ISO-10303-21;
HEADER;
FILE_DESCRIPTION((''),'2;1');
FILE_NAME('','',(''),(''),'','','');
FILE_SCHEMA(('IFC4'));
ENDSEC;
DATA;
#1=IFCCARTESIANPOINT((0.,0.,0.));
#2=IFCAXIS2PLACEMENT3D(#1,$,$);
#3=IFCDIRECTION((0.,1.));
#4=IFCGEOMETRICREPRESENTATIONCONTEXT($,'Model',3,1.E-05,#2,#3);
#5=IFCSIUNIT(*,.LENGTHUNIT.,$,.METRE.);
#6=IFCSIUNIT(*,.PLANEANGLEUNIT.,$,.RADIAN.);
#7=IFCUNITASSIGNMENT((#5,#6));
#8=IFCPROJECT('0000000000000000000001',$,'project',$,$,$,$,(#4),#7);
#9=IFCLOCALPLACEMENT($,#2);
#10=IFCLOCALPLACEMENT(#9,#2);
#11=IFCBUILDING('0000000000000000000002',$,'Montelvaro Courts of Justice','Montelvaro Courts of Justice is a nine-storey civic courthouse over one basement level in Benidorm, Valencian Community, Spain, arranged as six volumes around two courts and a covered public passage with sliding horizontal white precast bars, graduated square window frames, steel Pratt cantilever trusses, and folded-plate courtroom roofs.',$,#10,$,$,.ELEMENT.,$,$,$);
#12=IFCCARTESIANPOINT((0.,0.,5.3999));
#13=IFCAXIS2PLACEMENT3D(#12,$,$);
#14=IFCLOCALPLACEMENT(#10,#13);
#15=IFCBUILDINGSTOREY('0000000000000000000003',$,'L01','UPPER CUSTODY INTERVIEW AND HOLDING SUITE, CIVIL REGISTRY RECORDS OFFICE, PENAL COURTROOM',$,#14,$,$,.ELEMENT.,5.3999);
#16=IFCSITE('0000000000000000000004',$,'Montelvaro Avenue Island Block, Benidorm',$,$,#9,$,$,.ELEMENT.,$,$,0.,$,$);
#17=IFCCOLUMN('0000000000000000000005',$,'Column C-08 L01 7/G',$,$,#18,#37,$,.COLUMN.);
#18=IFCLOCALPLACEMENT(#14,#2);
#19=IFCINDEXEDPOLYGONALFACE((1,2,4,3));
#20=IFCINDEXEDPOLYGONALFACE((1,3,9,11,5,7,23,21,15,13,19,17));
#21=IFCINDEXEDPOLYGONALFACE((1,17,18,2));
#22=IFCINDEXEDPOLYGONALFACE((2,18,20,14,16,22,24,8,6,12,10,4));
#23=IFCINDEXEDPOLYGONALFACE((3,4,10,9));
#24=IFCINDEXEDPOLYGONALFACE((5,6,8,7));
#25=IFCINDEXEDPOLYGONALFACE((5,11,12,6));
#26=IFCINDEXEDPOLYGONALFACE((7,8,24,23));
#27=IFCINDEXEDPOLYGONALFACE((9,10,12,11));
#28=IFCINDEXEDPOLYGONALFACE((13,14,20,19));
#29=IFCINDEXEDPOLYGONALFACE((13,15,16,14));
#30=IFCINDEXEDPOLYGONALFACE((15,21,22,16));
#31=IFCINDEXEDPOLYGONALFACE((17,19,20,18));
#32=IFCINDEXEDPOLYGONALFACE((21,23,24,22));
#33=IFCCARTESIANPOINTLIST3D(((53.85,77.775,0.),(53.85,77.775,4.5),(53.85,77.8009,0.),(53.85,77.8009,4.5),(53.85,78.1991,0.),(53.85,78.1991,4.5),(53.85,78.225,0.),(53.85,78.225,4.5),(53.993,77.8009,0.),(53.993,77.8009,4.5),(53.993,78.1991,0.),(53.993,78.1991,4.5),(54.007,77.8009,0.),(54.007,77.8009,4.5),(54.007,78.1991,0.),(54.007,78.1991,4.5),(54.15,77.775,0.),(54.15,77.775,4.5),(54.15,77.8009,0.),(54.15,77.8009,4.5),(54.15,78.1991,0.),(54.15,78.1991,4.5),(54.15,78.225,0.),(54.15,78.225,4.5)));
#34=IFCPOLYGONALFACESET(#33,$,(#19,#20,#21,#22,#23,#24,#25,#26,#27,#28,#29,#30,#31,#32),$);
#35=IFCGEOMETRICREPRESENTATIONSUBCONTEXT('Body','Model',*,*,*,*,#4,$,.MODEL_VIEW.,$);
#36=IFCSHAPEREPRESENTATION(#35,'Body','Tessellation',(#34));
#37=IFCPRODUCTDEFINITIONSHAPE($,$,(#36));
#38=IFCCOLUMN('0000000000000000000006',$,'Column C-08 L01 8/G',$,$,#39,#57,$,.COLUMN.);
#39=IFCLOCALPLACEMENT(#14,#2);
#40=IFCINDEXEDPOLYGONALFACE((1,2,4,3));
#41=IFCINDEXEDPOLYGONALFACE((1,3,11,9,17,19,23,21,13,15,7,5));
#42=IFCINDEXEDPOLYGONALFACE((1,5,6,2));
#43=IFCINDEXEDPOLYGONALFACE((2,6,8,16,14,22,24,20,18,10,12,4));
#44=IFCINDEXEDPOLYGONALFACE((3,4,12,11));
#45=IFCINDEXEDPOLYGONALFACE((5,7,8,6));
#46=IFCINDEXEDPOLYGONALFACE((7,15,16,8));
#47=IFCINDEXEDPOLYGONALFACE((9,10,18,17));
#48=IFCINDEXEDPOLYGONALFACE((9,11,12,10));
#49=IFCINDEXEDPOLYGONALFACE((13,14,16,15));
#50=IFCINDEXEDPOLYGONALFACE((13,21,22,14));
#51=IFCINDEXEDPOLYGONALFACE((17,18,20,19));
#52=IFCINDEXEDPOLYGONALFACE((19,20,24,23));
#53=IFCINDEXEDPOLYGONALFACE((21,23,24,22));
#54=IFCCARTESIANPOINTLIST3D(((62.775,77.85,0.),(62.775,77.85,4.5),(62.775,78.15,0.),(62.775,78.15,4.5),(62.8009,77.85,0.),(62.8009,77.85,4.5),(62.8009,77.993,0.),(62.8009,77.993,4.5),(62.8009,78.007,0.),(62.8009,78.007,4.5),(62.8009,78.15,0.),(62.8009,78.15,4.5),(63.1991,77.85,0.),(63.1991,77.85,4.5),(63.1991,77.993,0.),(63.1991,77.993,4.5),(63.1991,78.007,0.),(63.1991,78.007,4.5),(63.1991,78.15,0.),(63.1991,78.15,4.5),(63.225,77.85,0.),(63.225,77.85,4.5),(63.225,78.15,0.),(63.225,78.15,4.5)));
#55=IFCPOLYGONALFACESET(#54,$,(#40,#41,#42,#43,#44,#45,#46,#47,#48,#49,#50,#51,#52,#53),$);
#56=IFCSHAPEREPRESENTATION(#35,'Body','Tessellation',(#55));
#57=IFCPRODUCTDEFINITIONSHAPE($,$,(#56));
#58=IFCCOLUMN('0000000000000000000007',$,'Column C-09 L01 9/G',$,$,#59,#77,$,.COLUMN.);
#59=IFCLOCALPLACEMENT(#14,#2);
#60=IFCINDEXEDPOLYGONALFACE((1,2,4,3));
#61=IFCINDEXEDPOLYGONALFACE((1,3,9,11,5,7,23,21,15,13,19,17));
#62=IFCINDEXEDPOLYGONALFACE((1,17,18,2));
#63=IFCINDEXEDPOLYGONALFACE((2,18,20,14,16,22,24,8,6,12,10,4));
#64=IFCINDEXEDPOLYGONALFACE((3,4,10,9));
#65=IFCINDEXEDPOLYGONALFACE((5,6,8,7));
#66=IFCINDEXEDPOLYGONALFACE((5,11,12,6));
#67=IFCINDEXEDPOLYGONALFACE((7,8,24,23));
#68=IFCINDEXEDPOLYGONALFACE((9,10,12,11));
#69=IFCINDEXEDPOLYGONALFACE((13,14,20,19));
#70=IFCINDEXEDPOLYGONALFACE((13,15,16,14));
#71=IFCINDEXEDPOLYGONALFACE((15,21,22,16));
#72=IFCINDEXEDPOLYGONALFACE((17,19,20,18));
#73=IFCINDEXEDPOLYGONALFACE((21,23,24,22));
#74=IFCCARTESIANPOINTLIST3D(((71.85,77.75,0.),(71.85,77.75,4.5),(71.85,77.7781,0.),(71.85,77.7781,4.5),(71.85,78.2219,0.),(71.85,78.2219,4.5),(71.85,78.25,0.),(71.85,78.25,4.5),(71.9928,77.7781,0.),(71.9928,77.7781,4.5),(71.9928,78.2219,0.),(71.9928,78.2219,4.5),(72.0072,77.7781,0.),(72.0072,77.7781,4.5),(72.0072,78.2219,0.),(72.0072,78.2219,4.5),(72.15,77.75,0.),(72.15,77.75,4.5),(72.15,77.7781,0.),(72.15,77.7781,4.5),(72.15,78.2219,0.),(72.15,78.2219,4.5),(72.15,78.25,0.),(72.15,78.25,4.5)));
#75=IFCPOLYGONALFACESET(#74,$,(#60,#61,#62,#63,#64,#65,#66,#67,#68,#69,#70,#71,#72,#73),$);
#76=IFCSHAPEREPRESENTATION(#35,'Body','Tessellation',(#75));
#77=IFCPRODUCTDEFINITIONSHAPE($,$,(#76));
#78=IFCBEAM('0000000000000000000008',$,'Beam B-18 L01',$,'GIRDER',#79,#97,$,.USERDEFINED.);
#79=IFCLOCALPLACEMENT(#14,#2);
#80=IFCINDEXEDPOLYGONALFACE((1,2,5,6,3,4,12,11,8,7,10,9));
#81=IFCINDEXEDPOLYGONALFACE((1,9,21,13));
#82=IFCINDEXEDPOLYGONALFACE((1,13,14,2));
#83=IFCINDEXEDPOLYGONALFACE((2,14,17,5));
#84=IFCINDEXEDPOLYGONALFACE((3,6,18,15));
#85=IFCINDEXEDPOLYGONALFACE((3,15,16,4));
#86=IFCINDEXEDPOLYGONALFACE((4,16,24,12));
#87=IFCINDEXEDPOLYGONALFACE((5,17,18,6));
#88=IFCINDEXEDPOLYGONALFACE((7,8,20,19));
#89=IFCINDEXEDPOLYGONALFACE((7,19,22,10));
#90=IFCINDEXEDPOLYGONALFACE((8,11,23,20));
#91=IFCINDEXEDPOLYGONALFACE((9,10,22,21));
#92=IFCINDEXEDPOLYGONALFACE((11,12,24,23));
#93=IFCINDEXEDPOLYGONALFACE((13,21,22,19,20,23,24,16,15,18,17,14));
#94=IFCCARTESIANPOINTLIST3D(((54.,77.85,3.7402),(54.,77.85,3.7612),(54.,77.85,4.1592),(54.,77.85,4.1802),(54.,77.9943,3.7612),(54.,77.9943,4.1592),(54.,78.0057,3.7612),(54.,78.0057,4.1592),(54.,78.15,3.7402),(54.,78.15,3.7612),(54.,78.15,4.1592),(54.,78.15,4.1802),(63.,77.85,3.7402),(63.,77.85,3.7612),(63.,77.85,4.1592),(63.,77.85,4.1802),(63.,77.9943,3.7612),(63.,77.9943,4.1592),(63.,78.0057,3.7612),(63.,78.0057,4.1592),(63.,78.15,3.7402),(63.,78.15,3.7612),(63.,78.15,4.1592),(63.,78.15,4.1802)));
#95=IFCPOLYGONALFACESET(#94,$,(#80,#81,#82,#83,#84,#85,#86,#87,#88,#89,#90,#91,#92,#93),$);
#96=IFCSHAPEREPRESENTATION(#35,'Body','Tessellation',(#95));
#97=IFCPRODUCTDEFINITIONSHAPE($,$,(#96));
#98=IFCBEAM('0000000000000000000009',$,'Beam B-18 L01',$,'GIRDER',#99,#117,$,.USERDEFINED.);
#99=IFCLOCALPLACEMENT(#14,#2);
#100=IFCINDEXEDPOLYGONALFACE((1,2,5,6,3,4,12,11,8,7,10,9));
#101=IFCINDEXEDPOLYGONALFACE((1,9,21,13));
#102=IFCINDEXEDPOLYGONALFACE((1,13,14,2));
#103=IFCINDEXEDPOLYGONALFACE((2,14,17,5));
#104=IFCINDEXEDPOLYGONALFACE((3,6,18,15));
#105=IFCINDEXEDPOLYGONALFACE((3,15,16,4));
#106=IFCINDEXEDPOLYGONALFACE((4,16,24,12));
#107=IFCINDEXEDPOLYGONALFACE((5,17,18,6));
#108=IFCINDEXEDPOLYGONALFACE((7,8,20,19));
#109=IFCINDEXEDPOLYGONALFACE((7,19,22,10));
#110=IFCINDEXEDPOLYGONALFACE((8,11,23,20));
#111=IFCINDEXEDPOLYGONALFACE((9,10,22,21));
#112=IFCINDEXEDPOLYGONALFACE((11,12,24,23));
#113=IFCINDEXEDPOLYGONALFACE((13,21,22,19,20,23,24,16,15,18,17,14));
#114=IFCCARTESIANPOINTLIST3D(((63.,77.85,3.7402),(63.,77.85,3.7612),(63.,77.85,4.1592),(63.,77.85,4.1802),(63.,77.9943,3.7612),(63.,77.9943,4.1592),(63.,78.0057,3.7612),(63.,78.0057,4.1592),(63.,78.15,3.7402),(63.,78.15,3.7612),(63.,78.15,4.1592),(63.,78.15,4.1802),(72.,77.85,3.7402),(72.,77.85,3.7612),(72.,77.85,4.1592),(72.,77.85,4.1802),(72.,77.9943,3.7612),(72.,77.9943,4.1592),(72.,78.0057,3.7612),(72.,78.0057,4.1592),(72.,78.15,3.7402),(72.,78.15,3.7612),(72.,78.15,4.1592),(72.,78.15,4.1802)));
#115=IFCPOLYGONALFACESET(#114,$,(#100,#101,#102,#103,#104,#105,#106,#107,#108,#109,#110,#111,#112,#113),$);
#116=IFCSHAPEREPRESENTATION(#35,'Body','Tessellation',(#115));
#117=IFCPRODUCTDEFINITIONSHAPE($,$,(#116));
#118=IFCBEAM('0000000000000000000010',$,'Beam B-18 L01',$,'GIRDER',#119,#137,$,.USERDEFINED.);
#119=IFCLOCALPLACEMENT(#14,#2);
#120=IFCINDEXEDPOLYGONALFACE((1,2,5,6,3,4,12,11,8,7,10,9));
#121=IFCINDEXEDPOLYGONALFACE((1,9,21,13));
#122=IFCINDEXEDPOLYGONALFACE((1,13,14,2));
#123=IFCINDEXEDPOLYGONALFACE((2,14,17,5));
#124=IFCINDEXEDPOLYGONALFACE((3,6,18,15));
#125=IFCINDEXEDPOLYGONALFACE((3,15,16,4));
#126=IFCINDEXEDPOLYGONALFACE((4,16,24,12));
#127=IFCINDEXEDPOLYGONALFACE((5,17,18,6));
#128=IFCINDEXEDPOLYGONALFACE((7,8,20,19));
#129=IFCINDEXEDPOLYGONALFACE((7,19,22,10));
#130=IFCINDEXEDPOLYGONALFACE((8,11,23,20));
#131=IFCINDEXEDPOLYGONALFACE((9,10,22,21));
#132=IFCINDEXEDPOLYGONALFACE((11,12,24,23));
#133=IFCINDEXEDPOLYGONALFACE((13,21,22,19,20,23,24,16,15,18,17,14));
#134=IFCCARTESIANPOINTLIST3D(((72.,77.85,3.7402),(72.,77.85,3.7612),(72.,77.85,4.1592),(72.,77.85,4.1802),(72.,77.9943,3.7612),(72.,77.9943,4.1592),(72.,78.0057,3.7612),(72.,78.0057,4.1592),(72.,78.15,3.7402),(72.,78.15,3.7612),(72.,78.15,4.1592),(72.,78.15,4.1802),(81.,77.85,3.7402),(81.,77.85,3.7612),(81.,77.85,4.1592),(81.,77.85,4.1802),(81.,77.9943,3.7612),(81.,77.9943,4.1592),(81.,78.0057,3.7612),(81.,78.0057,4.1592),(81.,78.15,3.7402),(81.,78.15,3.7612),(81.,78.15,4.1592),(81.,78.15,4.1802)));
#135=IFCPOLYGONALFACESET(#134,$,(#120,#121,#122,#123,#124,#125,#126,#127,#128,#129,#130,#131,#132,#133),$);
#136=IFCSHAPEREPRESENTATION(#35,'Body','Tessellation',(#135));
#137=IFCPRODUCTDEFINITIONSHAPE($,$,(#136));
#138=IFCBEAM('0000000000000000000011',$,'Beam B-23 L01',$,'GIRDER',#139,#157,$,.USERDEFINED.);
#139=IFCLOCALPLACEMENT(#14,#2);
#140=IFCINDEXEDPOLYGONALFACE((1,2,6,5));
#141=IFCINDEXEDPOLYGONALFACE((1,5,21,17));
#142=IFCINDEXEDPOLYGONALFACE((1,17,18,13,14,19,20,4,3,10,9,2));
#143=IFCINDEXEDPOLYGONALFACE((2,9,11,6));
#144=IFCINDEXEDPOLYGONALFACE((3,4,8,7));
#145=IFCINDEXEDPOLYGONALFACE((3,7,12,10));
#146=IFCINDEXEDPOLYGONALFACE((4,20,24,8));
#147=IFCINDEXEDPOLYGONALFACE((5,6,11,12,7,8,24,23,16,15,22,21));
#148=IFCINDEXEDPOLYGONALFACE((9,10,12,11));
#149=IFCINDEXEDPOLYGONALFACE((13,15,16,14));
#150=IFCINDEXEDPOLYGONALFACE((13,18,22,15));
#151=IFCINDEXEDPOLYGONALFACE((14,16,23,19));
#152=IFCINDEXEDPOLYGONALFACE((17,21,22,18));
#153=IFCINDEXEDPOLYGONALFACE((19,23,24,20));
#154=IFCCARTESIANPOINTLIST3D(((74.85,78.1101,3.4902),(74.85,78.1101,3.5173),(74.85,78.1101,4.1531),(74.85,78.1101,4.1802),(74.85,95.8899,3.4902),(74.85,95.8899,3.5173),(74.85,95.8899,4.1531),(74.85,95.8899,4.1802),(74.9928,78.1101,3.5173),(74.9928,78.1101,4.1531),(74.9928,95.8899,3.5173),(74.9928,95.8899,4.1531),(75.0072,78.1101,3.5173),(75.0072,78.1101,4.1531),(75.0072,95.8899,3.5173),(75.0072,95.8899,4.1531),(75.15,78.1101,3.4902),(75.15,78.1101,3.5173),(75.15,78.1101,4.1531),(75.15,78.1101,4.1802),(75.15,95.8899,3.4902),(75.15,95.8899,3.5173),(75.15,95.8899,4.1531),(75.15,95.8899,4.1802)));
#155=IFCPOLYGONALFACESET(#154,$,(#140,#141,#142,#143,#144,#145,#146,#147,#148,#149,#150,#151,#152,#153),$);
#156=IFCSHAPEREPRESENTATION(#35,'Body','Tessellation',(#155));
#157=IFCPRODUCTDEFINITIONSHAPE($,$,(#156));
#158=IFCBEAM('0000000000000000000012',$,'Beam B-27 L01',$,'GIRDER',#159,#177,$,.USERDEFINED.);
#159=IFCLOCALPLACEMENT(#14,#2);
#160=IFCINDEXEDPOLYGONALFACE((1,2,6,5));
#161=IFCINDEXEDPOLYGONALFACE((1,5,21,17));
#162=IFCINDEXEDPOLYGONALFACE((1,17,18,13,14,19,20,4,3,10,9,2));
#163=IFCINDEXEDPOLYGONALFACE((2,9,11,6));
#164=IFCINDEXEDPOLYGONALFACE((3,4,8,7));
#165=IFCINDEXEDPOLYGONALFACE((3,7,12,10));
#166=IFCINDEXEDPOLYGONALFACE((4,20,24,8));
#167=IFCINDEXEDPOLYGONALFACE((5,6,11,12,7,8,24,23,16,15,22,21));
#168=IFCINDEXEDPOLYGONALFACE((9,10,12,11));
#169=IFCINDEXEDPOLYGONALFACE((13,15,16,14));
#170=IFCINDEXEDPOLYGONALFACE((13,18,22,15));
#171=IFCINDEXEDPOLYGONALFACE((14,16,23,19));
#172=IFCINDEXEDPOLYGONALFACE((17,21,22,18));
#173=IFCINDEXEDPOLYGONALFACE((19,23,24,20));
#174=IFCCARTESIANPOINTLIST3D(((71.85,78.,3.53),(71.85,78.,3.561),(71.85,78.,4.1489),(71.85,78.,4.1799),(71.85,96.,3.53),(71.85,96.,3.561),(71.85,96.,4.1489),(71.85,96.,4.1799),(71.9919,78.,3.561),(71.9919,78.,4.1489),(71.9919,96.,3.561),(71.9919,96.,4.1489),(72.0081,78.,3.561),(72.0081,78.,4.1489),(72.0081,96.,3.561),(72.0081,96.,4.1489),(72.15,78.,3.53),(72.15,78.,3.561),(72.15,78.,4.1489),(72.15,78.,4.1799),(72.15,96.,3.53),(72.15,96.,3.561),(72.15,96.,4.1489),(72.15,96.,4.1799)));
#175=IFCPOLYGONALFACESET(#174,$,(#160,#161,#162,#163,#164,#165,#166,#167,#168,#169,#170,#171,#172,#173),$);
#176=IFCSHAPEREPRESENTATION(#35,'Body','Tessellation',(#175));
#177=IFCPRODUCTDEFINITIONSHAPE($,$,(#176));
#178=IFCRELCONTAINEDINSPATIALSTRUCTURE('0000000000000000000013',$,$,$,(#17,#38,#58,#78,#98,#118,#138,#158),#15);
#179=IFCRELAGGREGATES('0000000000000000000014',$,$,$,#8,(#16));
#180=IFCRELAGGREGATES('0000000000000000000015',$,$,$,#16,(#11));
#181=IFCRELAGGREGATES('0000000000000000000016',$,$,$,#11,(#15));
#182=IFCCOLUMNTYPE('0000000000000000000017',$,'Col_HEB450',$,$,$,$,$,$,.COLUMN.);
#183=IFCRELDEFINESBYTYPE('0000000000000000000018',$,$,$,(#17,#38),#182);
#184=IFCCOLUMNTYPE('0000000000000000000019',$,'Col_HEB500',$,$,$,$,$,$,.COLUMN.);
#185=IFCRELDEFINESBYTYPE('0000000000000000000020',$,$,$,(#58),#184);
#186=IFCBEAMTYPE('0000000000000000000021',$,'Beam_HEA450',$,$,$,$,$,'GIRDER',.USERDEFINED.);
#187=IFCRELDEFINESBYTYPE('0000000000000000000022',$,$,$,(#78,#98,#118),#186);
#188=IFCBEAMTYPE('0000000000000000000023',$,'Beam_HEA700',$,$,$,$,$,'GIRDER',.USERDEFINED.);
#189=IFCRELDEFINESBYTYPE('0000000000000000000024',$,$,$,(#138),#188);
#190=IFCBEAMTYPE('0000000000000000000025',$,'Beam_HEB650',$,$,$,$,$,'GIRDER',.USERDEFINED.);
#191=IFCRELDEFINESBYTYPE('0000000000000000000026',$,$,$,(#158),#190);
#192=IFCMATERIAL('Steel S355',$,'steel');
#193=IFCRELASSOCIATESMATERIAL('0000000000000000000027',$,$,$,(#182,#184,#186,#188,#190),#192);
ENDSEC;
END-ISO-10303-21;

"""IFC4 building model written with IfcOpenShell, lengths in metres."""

from ifc_helpers import new_model, si_unit, direction, frame, origin, origin_2d, place, context, subcontext, project, spatial, i_section, extrude, material, material_profile, profile_set, type_object, element, save


model = new_model("IFC4")

# Units and contexts
model_context = context("Model", 3, precision=1e-05, world=origin(), true_north=direction((0.0, 1.0)))
body_context = subcontext(model_context, "Body", "Model", "MODEL_VIEW")
ifc_project = project(units=[si_unit("LENGTHUNIT", "METRE"), si_unit("PLANEANGLEUNIT", "RADIAN")], contexts=[model_context])

# Site, building, storey
site_placement = place(None, origin())
site = spatial("IfcSite", under=ifc_project, at=site_placement, Name="Montelvaro Avenue Island Block, Benidorm", CompositionType="ELEMENT", RefElevation=0.0)
building_placement = place(site_placement, origin())
building = spatial("IfcBuilding", under=site, at=building_placement, Name="Montelvaro Courts of Justice", Description="Montelvaro Courts of Justice is a nine-storey civic courthouse over one basement level in Benidorm, Valencian Community, Spain, arranged as six volumes around two courts and a covered public passage with sliding horizontal white precast bars, graduated square window frames, steel Pratt cantilever trusses, and folded-plate courtroom roofs.", CompositionType="ELEMENT")
storey_placement = place(building_placement, frame((0.0, 0.0, 5.3999)))
storey = spatial("IfcBuildingStorey", under=building, at=storey_placement, Name="L01", Description="UPPER CUSTODY INTERVIEW AND HOLDING SUITE, CIVIL REGISTRY RECORDS OFFICE, PENAL COURTROOM", CompositionType="ELEMENT", Elevation=5.3999)

# Columns
ifc_material_1 = material(Name="Steel S355", Category="steel")
ifc_material_profile_1 = material_profile(ifc_material_1, i_section(OverallWidth=0.3, OverallDepth=0.45, WebThickness=0.0139, FlangeThickness=0.0259, at=origin_2d()), Name="HEB 450")
ifc_profile_set_1 = profile_set([ifc_material_profile_1], Name="Steel S355")
column_type_1 = type_object("IfcColumnType", Name="Col_HEB450", PredefinedType="COLUMN", material=ifc_profile_set_1)
for number, where, z_axis, x_axis, name in (
    (1, (54.0, 78.0, 0.0), (0.0, 0.0, 1.0), (1.0, 0.0, 0.0), "Column C-08 L01 7/G"),
    (2, (63.0, 78.0, 0.0), (0.0, 0.0, 1.0), (0.0, 1.0, 0.0), "Column C-08 L01 8/G"),
):
    element("IfcColumn", number, at=place(storey_placement, frame(where, z_axis=z_axis, x_axis=x_axis)), inside=storey, type_object=column_type_1, Name=name, PredefinedType="COLUMN", context=body_context, shape_type="SweptSolid", body=[
        extrude(i_section(OverallWidth=0.3, OverallDepth=0.45, WebThickness=0.0139, FlangeThickness=0.0259, at=origin_2d()), origin(), (0.0, 0.0, 1.0), 4.5),
    ])
ifc_material_profile_2 = material_profile(ifc_material_1, i_section(OverallWidth=0.3, OverallDepth=0.5, WebThickness=0.0144, FlangeThickness=0.0281, at=origin_2d()), Name="HEB 500")
ifc_profile_set_2 = profile_set([ifc_material_profile_2], Name="Steel S355")
column_type_2 = type_object("IfcColumnType", Name="Col_HEB500", PredefinedType="COLUMN", material=ifc_profile_set_2)
column_placement = place(storey_placement, frame((72.0, 78.0, 0.0), z_axis=(0.0, 0.0, 1.0), x_axis=(1.0, 0.0, 0.0)))
element("IfcColumn", 3, at=column_placement, inside=storey, type_object=column_type_2, Name="Column C-09 L01 9/G", PredefinedType="COLUMN", context=body_context, shape_type="SweptSolid", body=[
    extrude(i_section(OverallWidth=0.3, OverallDepth=0.5, WebThickness=0.0144, FlangeThickness=0.0281, at=origin_2d()), origin(), (0.0, 0.0, 1.0), 4.5),
])

# Beams
ifc_material_profile_3 = material_profile(ifc_material_1, i_section(OverallWidth=0.3, OverallDepth=0.4399, WebThickness=0.0115, FlangeThickness=0.021, at=origin_2d()), Name="HEA 450")
ifc_profile_set_3 = profile_set([ifc_material_profile_3], Name="Steel S355")
beam_type_1 = type_object("IfcBeamType", Name="Beam_HEA450", ElementType="GIRDER", PredefinedType="USERDEFINED", material=ifc_profile_set_3)
for number, where, z_axis, x_axis, name in (
    (4, (54.0, 78.0, 3.9602), (1.0, 0.0, 0.0), (0.0, 1.0, 0.0), "Beam B-18 L01"),
    (5, (63.0, 78.0, 3.9602), (1.0, 0.0, 0.0), (0.0, 1.0, 0.0), "Beam B-18 L01"),
    (6, (72.0, 78.0, 3.9602), (1.0, 0.0, 0.0), (0.0, 1.0, 0.0), "Beam B-18 L01"),
):
    element("IfcBeam", number, at=place(storey_placement, frame(where, z_axis=z_axis, x_axis=x_axis)), inside=storey, type_object=beam_type_1, Name=name, ObjectType="GIRDER", PredefinedType="USERDEFINED", context=body_context, shape_type="SweptSolid", body=[
        extrude(i_section(OverallWidth=0.3, OverallDepth=0.4399, WebThickness=0.0115, FlangeThickness=0.021, at=origin_2d()), origin(), (0.0, 0.0, 1.0), 9.0),
    ])
ifc_material_profile_4 = material_profile(ifc_material_1, i_section(OverallWidth=0.3, OverallDepth=0.6899, WebThickness=0.0144, FlangeThickness=0.0271, at=origin_2d()), Name="HEA 700")
ifc_profile_set_4 = profile_set([ifc_material_profile_4], Name="Steel S355")
beam_type_2 = type_object("IfcBeamType", Name="Beam_HEA700", ElementType="GIRDER", PredefinedType="USERDEFINED", material=ifc_profile_set_4)
beam_1_placement = place(storey_placement, frame((75.0, 78.1101, 3.8352), z_axis=(0.0, 1.0, 0.0), x_axis=(-1.0, 0.0, 0.0)))
element("IfcBeam", 7, at=beam_1_placement, inside=storey, type_object=beam_type_2, Name="Beam B-23 L01", ObjectType="GIRDER", PredefinedType="USERDEFINED", context=body_context, shape_type="SweptSolid", body=[
    extrude(i_section(OverallWidth=0.3, OverallDepth=0.6899, WebThickness=0.0144, FlangeThickness=0.0271, at=origin_2d()), origin(), (0.0, 0.0, 1.0), 17.7798),
])
ifc_material_profile_5 = material_profile(ifc_material_1, i_section(OverallWidth=0.3, OverallDepth=0.6499, WebThickness=0.0161, FlangeThickness=0.031, at=origin_2d()), Name="HEB 650")
ifc_profile_set_5 = profile_set([ifc_material_profile_5], Name="Steel S355")
beam_type_3 = type_object("IfcBeamType", Name="Beam_HEB650", ElementType="GIRDER", PredefinedType="USERDEFINED", material=ifc_profile_set_5)
beam_2_placement = place(storey_placement, frame((72.0, 78.0, 3.855), z_axis=(0.0, 1.0, 0.0), x_axis=(-1.0, 0.0, 0.0)))
element("IfcBeam", 8, at=beam_2_placement, inside=storey, type_object=beam_type_3, Name="Beam B-27 L01", ObjectType="GIRDER", PredefinedType="USERDEFINED", context=body_context, shape_type="SweptSolid", body=[
    extrude(i_section(OverallWidth=0.3, OverallDepth=0.6499, WebThickness=0.0161, FlangeThickness=0.031, at=origin_2d()), origin(), (0.0, 0.0, 1.0), 18.0),
])

save(model, "model.ifc")
